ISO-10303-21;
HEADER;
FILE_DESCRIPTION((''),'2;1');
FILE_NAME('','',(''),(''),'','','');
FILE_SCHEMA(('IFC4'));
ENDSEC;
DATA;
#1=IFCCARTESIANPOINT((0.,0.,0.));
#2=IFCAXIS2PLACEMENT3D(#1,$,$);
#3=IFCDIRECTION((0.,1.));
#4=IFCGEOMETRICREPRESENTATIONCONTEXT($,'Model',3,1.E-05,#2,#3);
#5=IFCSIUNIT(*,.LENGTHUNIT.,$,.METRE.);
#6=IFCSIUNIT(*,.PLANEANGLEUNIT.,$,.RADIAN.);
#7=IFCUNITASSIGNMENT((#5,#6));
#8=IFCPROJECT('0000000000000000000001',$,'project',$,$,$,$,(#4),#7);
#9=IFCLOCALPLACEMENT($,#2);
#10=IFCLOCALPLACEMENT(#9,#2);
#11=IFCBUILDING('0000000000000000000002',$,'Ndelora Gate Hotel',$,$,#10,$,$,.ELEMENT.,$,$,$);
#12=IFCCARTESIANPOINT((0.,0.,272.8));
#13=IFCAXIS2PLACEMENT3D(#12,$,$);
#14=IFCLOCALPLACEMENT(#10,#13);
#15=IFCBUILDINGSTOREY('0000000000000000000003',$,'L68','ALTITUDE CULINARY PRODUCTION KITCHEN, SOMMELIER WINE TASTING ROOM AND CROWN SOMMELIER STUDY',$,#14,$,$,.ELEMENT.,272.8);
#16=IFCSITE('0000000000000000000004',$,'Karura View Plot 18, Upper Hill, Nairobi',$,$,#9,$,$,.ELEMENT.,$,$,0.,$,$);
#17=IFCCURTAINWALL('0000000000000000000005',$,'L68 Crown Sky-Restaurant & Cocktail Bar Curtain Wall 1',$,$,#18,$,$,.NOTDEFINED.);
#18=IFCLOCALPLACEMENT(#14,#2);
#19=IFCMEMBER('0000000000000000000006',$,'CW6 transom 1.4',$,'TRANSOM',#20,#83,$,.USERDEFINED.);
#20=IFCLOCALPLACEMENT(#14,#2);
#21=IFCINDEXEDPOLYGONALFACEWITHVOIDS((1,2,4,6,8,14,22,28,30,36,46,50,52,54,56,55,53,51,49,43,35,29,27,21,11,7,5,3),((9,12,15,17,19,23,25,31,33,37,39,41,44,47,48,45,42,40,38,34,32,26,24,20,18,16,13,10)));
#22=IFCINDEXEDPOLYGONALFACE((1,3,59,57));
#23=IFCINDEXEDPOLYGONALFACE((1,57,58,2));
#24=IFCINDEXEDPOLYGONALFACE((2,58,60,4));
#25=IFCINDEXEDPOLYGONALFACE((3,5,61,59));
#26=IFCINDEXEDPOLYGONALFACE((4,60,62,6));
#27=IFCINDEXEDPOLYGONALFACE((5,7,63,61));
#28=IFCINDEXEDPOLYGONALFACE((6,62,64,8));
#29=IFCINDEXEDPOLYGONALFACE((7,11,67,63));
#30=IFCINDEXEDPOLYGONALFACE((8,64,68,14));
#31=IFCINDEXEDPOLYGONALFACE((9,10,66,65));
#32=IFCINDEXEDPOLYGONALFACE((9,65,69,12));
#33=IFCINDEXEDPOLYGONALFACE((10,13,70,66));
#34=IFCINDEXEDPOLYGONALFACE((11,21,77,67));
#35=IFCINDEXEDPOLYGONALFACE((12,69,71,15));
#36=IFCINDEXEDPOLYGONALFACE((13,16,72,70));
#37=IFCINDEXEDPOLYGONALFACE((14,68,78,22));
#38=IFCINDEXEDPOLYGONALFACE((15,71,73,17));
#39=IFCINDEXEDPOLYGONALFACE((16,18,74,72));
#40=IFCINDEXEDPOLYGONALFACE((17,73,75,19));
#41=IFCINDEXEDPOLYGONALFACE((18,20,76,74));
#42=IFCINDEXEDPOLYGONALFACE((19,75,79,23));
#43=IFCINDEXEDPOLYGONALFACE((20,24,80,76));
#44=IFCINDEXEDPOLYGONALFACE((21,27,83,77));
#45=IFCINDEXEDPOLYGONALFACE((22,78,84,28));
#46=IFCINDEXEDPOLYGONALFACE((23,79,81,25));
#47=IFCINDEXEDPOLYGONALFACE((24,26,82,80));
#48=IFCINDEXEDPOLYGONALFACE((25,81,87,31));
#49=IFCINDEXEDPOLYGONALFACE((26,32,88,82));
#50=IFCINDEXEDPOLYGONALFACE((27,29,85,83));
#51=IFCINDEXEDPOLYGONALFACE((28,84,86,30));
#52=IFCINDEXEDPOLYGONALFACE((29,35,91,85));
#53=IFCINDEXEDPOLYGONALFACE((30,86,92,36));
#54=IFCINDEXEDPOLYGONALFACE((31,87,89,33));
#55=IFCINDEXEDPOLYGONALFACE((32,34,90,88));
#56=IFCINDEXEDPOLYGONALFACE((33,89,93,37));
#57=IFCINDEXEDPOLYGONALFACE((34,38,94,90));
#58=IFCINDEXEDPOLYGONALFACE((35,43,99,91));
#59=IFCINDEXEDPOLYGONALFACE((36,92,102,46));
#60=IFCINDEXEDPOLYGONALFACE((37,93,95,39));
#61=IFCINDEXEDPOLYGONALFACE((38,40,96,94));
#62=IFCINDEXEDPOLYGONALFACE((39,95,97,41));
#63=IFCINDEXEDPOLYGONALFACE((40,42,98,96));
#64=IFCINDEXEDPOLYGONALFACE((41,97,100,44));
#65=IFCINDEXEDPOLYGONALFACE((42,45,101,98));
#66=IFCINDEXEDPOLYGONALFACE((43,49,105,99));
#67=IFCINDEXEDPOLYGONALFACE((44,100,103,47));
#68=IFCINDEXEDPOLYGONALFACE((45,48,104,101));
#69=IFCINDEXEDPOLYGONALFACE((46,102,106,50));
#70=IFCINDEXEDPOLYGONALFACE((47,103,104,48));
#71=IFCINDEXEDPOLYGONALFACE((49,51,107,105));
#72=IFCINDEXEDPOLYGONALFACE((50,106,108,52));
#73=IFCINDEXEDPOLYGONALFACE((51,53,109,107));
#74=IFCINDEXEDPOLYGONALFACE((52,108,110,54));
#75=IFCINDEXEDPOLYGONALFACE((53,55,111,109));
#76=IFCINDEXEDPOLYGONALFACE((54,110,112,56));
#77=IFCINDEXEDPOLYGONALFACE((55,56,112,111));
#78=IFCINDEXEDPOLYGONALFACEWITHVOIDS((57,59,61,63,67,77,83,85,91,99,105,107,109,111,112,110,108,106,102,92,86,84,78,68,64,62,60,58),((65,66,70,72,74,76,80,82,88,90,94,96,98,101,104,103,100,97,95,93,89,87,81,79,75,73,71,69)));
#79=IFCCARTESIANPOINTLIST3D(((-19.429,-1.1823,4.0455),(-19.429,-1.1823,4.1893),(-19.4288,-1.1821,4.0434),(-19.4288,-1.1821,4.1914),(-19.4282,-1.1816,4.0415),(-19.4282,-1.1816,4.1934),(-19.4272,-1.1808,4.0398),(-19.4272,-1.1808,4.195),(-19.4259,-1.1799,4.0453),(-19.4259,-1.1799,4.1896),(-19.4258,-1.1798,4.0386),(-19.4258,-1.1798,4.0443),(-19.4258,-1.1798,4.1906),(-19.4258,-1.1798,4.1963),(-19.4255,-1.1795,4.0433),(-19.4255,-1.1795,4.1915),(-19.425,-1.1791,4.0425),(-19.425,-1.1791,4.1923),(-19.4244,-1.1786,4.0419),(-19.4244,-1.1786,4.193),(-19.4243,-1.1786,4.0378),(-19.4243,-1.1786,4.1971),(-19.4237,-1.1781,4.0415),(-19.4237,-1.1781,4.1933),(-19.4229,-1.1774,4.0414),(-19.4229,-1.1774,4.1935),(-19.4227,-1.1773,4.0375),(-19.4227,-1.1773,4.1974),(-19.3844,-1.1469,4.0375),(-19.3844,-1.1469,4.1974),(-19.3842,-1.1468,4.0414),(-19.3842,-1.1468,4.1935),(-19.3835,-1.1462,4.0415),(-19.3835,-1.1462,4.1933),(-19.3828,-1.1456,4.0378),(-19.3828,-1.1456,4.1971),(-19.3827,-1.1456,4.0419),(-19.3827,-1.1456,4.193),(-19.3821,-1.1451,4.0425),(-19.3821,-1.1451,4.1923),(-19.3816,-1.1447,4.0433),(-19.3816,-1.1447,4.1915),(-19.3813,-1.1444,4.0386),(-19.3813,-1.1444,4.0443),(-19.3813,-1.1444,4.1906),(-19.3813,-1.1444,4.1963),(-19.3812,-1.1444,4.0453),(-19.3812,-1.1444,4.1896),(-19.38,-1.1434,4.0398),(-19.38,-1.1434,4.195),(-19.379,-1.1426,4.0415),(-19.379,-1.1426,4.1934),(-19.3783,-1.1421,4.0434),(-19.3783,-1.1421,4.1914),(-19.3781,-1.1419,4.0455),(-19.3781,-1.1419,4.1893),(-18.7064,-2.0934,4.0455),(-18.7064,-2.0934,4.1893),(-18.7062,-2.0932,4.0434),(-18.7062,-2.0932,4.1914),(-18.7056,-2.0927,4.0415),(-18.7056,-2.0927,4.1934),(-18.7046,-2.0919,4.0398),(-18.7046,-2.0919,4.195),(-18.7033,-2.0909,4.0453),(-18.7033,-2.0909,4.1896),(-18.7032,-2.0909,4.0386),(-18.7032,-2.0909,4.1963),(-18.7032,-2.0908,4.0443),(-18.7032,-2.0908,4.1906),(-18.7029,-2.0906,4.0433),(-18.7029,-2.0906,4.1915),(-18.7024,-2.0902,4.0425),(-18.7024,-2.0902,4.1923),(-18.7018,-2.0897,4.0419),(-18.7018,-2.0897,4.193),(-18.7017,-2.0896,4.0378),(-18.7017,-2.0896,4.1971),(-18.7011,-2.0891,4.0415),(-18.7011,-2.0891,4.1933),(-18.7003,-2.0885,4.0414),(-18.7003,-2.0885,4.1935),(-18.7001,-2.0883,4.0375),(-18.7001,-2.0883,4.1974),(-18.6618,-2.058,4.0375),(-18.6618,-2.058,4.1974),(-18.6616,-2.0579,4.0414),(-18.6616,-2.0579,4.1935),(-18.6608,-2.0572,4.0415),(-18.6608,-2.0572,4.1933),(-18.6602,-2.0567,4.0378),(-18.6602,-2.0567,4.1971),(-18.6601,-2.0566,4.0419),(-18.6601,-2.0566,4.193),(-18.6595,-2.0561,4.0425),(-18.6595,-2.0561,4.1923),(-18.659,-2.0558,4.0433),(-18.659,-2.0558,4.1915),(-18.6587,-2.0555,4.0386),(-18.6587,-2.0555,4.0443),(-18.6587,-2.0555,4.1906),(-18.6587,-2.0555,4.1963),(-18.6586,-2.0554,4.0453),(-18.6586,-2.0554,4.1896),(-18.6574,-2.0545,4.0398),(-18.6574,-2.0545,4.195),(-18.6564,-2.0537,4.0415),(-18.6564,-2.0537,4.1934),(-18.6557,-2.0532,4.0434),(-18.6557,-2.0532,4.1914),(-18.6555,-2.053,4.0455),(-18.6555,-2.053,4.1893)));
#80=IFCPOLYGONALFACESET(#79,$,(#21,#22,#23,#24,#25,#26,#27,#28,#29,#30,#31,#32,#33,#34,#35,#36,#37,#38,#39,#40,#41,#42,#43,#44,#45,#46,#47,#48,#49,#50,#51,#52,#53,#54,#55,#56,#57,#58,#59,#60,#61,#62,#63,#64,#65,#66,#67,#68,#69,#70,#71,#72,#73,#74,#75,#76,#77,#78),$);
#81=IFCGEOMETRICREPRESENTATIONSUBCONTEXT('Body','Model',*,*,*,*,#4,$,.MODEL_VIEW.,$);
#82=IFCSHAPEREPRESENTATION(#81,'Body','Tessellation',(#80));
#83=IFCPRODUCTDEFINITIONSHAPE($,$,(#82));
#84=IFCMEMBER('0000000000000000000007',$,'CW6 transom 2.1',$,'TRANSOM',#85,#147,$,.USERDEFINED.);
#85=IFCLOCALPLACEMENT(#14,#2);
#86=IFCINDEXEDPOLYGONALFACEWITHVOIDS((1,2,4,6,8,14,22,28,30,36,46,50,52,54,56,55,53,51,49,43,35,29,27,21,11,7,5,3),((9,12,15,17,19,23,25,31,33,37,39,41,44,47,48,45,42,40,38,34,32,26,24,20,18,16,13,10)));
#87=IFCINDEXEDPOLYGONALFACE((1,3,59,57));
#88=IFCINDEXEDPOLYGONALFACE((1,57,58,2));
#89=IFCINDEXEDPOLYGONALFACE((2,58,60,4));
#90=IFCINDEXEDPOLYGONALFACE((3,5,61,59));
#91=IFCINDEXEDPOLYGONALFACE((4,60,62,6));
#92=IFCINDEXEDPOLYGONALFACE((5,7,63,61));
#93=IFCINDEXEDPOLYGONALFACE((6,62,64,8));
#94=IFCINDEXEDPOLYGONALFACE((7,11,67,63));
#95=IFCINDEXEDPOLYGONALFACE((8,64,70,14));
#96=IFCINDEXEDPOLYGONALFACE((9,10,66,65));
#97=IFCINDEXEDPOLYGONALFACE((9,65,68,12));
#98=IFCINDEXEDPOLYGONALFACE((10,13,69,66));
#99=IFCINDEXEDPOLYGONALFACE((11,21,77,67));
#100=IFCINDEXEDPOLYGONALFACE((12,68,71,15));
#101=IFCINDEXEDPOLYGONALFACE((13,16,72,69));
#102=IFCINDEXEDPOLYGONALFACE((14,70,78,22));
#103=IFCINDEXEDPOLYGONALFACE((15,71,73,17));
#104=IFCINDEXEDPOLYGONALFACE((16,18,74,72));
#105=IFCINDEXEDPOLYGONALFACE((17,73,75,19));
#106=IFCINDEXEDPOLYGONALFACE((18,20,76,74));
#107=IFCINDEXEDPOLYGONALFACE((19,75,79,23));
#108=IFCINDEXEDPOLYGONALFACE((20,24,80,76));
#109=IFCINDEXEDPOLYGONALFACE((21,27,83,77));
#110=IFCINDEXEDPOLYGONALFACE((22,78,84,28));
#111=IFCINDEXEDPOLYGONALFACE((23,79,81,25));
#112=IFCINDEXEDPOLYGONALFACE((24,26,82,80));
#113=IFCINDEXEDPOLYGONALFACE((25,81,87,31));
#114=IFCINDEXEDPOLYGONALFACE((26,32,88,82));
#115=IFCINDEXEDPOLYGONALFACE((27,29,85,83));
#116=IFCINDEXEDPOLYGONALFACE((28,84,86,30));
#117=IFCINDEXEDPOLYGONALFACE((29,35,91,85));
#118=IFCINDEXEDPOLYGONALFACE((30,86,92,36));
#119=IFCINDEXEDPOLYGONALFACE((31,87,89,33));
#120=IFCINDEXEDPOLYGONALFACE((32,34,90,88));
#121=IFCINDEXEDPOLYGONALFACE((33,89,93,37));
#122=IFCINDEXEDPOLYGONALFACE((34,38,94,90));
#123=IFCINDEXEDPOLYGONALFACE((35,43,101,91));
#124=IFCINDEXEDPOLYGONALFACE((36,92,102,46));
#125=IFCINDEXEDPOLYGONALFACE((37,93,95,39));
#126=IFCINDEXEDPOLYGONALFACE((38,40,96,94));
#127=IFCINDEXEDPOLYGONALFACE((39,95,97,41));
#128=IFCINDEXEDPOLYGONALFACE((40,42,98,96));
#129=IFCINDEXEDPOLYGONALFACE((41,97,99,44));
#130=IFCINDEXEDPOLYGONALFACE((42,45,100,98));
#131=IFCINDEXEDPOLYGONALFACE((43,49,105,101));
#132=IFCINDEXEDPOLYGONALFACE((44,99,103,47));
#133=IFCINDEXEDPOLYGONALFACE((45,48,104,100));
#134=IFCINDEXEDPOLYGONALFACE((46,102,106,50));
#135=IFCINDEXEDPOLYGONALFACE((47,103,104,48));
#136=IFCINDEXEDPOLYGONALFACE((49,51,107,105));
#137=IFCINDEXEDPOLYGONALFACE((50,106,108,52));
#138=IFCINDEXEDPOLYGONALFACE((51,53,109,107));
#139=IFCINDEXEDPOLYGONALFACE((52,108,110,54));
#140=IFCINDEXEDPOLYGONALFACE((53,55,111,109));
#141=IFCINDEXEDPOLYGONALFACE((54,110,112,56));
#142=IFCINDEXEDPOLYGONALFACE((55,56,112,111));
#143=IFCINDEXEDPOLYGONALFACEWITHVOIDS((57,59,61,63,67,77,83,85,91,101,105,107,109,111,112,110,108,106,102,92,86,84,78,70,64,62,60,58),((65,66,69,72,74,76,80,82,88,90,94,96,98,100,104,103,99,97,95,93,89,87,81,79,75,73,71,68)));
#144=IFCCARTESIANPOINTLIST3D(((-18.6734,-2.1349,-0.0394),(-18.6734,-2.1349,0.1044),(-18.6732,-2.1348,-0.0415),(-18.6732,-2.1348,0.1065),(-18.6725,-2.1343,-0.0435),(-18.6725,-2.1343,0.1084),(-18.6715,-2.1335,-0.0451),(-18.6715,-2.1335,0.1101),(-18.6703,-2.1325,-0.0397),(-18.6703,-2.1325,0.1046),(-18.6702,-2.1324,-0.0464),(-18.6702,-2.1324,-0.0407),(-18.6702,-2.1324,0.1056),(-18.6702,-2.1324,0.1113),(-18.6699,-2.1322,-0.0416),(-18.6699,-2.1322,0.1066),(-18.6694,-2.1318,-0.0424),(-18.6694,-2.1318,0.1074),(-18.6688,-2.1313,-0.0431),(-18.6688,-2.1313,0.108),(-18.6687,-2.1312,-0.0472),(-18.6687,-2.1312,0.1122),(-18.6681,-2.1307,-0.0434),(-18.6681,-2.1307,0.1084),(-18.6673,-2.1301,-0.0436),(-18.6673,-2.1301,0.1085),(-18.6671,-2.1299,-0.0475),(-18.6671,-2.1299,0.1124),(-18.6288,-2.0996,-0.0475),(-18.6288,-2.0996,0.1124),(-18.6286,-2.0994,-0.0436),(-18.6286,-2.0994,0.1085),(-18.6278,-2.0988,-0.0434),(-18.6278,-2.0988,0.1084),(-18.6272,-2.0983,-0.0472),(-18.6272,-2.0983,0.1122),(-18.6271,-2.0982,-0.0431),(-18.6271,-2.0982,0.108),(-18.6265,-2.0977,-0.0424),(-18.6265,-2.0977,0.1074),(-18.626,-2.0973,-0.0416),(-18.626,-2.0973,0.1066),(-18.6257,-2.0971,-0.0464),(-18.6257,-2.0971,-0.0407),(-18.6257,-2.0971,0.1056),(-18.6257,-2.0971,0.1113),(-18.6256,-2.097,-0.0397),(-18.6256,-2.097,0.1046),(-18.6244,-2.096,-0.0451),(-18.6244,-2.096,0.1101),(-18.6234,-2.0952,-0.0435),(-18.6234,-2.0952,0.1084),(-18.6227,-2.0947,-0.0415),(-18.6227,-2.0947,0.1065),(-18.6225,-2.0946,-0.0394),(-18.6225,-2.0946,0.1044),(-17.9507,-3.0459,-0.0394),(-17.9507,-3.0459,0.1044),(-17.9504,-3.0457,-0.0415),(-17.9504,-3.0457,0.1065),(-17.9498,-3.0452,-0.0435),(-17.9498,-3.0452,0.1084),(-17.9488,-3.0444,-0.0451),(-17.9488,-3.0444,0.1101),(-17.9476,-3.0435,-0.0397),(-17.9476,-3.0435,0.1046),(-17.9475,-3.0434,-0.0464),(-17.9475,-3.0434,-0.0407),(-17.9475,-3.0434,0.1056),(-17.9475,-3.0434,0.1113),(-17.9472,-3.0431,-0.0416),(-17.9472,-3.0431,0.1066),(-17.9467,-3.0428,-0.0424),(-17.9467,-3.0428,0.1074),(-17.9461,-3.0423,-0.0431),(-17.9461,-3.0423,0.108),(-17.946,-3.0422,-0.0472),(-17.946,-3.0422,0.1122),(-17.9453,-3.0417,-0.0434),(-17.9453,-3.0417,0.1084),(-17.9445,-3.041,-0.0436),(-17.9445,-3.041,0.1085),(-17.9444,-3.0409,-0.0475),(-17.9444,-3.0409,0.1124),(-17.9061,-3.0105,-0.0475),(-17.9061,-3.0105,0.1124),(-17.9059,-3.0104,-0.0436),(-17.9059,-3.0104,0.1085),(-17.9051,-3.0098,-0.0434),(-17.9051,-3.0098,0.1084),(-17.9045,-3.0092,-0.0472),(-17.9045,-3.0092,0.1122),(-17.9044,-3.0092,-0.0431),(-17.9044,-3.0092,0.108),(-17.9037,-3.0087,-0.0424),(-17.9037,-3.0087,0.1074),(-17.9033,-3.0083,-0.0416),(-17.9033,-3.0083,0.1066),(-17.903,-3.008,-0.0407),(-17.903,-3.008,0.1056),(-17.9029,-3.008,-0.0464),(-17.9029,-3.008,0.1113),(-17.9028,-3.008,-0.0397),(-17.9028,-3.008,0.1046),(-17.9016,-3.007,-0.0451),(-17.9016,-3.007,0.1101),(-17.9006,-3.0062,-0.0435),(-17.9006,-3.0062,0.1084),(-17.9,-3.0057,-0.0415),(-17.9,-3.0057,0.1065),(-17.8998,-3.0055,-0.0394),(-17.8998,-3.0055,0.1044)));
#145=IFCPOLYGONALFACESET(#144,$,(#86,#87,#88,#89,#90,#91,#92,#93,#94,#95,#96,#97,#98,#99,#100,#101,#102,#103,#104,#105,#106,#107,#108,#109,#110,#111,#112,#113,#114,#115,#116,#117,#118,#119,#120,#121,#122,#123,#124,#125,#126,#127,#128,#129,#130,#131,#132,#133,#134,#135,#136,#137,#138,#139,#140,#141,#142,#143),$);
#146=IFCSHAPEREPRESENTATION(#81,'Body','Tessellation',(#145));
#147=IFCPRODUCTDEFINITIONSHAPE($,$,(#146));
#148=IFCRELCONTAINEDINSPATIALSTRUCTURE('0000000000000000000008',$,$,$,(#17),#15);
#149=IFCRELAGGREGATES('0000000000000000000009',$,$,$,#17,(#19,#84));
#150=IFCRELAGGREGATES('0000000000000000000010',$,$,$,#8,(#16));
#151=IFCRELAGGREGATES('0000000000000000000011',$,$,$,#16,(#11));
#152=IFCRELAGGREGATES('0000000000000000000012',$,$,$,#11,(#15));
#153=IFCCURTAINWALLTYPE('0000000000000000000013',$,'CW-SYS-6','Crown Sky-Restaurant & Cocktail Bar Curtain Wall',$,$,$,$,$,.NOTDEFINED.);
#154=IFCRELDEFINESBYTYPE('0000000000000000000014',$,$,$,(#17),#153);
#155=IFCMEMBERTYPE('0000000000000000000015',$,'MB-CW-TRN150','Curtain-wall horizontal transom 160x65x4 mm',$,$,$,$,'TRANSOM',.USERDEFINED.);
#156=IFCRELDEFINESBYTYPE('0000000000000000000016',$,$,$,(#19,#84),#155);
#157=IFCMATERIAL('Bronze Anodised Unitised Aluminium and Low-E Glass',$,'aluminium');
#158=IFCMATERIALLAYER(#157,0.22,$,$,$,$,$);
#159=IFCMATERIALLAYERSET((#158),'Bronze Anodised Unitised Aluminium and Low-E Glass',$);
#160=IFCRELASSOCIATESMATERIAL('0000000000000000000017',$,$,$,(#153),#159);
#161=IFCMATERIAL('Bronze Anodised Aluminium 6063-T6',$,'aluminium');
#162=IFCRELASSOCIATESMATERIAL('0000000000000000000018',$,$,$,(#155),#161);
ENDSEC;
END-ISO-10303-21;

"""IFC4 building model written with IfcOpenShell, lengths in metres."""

from ifc_helpers import new_model, si_unit, direction, frame, origin, origin_2d, place, context, subcontext, project, spatial, hollow_rectangle, extrude, material, layer, layer_set, material_profile, profile_set, type_object, element, aggregate, save


model = new_model("IFC4")

# Units and contexts
model_context = context("Model", 3, precision=1e-05, world=origin(), true_north=direction((0.0, 1.0)))
body_context = subcontext(model_context, "Body", "Model", "MODEL_VIEW")
ifc_project = project(units=[si_unit("LENGTHUNIT", "METRE"), si_unit("PLANEANGLEUNIT", "RADIAN")], contexts=[model_context])

# Site, building, storey
site_placement = place(None, origin())
site = spatial("IfcSite", under=ifc_project, at=site_placement, Name="Karura View Plot 18, Upper Hill, Nairobi", CompositionType="ELEMENT", RefElevation=0.0)
building_placement = place(site_placement, origin())
building = spatial("IfcBuilding", under=site, at=building_placement, Name="Ndelora Gate Hotel", CompositionType="ELEMENT")
storey_placement = place(building_placement, frame((0.0, 0.0, 272.8)))
storey = spatial("IfcBuildingStorey", under=building, at=storey_placement, Name="L68", Description="ALTITUDE CULINARY PRODUCTION KITCHEN, SOMMELIER WINE TASTING ROOM AND CROWN SOMMELIER STUDY", CompositionType="ELEMENT", Elevation=272.8)

# Curtain wall, members
ifc_material_1 = material(Name="Bronze Anodised Unitised Aluminium and Low-E Glass", Category="aluminium")
ifc_layer_1 = layer(ifc_material_1, 0.22)
ifc_layer_set_1 = layer_set([ifc_layer_1], Name="Bronze Anodised Unitised Aluminium and Low-E Glass")
curtain_wall_type = type_object("IfcCurtainWallType", Name="CW-SYS-6", Description="Crown Sky-Restaurant & Cocktail Bar Curtain Wall", PredefinedType="NOTDEFINED", material=ifc_layer_set_1)
curtain_wall_placement = place(storey_placement, origin())
curtain_wall = element("IfcCurtainWall", 1, at=curtain_wall_placement, inside=storey, type_object=curtain_wall_type, Name="L68 Crown Sky-Restaurant & Cocktail Bar Curtain Wall 1", PredefinedType="NOTDEFINED")
ifc_material_2 = material(Name="Bronze Anodised Aluminium 6063-T6", Category="aluminium")
ifc_material_profile_1 = material_profile(ifc_material_2, hollow_rectangle(XDim=0.0649, YDim=0.1599, WallThickness=0.0039, InnerFilletRadius=0.0039, OuterFilletRadius=0.0081, at=origin_2d()), Name="ALU 160x65x4")
ifc_profile_set_1 = profile_set([ifc_material_profile_1], Name="Bronze Anodised Aluminium 6063-T6")
member_type_1 = type_object("IfcMemberType", Name="MB-CW-TRN150", Description="Curtain-wall horizontal transom 160x65x4 mm", ElementType="TRANSOM", PredefinedType="USERDEFINED", material=ifc_profile_set_1)
member_1_placement = place(storey_placement, frame((-19.4036, -1.1621, 4.1174), z_axis=(0.621412, -0.783484, 0.0), x_axis=(0.783484, 0.621412, 0.0)))
member_1 = element("IfcMember", 2, at=member_1_placement, type_object=member_type_1, Name="CW6 transom 1.4", ObjectType="TRANSOM", PredefinedType="USERDEFINED", context=body_context, shape_type="SweptSolid", body=[
    extrude(hollow_rectangle(XDim=0.0649, YDim=0.1599, WallThickness=0.0039, InnerFilletRadius=0.0039, OuterFilletRadius=0.0081, at=origin_2d()), origin(), (0.0, 0.0, 1.0), 1.1628),
])
member_2_placement = place(storey_placement, frame((-18.6479, -2.1147, 0.0325), z_axis=(0.621515, -0.783402, 0.0), x_axis=(0.783402, 0.621515, 0.0)))
member_2 = element("IfcMember", 3, at=member_2_placement, type_object=member_type_1, Name="CW6 transom 2.1", ObjectType="TRANSOM", PredefinedType="USERDEFINED", context=body_context, shape_type="SweptSolid", body=[
    extrude(hollow_rectangle(XDim=0.0649, YDim=0.1599, WallThickness=0.0039, InnerFilletRadius=0.0039, OuterFilletRadius=0.0081, at=origin_2d()), origin(), (0.0, 0.0, 1.0), 1.1628),
])
aggregate(curtain_wall, [member_1, member_2])

save(model, "model.ifc")
